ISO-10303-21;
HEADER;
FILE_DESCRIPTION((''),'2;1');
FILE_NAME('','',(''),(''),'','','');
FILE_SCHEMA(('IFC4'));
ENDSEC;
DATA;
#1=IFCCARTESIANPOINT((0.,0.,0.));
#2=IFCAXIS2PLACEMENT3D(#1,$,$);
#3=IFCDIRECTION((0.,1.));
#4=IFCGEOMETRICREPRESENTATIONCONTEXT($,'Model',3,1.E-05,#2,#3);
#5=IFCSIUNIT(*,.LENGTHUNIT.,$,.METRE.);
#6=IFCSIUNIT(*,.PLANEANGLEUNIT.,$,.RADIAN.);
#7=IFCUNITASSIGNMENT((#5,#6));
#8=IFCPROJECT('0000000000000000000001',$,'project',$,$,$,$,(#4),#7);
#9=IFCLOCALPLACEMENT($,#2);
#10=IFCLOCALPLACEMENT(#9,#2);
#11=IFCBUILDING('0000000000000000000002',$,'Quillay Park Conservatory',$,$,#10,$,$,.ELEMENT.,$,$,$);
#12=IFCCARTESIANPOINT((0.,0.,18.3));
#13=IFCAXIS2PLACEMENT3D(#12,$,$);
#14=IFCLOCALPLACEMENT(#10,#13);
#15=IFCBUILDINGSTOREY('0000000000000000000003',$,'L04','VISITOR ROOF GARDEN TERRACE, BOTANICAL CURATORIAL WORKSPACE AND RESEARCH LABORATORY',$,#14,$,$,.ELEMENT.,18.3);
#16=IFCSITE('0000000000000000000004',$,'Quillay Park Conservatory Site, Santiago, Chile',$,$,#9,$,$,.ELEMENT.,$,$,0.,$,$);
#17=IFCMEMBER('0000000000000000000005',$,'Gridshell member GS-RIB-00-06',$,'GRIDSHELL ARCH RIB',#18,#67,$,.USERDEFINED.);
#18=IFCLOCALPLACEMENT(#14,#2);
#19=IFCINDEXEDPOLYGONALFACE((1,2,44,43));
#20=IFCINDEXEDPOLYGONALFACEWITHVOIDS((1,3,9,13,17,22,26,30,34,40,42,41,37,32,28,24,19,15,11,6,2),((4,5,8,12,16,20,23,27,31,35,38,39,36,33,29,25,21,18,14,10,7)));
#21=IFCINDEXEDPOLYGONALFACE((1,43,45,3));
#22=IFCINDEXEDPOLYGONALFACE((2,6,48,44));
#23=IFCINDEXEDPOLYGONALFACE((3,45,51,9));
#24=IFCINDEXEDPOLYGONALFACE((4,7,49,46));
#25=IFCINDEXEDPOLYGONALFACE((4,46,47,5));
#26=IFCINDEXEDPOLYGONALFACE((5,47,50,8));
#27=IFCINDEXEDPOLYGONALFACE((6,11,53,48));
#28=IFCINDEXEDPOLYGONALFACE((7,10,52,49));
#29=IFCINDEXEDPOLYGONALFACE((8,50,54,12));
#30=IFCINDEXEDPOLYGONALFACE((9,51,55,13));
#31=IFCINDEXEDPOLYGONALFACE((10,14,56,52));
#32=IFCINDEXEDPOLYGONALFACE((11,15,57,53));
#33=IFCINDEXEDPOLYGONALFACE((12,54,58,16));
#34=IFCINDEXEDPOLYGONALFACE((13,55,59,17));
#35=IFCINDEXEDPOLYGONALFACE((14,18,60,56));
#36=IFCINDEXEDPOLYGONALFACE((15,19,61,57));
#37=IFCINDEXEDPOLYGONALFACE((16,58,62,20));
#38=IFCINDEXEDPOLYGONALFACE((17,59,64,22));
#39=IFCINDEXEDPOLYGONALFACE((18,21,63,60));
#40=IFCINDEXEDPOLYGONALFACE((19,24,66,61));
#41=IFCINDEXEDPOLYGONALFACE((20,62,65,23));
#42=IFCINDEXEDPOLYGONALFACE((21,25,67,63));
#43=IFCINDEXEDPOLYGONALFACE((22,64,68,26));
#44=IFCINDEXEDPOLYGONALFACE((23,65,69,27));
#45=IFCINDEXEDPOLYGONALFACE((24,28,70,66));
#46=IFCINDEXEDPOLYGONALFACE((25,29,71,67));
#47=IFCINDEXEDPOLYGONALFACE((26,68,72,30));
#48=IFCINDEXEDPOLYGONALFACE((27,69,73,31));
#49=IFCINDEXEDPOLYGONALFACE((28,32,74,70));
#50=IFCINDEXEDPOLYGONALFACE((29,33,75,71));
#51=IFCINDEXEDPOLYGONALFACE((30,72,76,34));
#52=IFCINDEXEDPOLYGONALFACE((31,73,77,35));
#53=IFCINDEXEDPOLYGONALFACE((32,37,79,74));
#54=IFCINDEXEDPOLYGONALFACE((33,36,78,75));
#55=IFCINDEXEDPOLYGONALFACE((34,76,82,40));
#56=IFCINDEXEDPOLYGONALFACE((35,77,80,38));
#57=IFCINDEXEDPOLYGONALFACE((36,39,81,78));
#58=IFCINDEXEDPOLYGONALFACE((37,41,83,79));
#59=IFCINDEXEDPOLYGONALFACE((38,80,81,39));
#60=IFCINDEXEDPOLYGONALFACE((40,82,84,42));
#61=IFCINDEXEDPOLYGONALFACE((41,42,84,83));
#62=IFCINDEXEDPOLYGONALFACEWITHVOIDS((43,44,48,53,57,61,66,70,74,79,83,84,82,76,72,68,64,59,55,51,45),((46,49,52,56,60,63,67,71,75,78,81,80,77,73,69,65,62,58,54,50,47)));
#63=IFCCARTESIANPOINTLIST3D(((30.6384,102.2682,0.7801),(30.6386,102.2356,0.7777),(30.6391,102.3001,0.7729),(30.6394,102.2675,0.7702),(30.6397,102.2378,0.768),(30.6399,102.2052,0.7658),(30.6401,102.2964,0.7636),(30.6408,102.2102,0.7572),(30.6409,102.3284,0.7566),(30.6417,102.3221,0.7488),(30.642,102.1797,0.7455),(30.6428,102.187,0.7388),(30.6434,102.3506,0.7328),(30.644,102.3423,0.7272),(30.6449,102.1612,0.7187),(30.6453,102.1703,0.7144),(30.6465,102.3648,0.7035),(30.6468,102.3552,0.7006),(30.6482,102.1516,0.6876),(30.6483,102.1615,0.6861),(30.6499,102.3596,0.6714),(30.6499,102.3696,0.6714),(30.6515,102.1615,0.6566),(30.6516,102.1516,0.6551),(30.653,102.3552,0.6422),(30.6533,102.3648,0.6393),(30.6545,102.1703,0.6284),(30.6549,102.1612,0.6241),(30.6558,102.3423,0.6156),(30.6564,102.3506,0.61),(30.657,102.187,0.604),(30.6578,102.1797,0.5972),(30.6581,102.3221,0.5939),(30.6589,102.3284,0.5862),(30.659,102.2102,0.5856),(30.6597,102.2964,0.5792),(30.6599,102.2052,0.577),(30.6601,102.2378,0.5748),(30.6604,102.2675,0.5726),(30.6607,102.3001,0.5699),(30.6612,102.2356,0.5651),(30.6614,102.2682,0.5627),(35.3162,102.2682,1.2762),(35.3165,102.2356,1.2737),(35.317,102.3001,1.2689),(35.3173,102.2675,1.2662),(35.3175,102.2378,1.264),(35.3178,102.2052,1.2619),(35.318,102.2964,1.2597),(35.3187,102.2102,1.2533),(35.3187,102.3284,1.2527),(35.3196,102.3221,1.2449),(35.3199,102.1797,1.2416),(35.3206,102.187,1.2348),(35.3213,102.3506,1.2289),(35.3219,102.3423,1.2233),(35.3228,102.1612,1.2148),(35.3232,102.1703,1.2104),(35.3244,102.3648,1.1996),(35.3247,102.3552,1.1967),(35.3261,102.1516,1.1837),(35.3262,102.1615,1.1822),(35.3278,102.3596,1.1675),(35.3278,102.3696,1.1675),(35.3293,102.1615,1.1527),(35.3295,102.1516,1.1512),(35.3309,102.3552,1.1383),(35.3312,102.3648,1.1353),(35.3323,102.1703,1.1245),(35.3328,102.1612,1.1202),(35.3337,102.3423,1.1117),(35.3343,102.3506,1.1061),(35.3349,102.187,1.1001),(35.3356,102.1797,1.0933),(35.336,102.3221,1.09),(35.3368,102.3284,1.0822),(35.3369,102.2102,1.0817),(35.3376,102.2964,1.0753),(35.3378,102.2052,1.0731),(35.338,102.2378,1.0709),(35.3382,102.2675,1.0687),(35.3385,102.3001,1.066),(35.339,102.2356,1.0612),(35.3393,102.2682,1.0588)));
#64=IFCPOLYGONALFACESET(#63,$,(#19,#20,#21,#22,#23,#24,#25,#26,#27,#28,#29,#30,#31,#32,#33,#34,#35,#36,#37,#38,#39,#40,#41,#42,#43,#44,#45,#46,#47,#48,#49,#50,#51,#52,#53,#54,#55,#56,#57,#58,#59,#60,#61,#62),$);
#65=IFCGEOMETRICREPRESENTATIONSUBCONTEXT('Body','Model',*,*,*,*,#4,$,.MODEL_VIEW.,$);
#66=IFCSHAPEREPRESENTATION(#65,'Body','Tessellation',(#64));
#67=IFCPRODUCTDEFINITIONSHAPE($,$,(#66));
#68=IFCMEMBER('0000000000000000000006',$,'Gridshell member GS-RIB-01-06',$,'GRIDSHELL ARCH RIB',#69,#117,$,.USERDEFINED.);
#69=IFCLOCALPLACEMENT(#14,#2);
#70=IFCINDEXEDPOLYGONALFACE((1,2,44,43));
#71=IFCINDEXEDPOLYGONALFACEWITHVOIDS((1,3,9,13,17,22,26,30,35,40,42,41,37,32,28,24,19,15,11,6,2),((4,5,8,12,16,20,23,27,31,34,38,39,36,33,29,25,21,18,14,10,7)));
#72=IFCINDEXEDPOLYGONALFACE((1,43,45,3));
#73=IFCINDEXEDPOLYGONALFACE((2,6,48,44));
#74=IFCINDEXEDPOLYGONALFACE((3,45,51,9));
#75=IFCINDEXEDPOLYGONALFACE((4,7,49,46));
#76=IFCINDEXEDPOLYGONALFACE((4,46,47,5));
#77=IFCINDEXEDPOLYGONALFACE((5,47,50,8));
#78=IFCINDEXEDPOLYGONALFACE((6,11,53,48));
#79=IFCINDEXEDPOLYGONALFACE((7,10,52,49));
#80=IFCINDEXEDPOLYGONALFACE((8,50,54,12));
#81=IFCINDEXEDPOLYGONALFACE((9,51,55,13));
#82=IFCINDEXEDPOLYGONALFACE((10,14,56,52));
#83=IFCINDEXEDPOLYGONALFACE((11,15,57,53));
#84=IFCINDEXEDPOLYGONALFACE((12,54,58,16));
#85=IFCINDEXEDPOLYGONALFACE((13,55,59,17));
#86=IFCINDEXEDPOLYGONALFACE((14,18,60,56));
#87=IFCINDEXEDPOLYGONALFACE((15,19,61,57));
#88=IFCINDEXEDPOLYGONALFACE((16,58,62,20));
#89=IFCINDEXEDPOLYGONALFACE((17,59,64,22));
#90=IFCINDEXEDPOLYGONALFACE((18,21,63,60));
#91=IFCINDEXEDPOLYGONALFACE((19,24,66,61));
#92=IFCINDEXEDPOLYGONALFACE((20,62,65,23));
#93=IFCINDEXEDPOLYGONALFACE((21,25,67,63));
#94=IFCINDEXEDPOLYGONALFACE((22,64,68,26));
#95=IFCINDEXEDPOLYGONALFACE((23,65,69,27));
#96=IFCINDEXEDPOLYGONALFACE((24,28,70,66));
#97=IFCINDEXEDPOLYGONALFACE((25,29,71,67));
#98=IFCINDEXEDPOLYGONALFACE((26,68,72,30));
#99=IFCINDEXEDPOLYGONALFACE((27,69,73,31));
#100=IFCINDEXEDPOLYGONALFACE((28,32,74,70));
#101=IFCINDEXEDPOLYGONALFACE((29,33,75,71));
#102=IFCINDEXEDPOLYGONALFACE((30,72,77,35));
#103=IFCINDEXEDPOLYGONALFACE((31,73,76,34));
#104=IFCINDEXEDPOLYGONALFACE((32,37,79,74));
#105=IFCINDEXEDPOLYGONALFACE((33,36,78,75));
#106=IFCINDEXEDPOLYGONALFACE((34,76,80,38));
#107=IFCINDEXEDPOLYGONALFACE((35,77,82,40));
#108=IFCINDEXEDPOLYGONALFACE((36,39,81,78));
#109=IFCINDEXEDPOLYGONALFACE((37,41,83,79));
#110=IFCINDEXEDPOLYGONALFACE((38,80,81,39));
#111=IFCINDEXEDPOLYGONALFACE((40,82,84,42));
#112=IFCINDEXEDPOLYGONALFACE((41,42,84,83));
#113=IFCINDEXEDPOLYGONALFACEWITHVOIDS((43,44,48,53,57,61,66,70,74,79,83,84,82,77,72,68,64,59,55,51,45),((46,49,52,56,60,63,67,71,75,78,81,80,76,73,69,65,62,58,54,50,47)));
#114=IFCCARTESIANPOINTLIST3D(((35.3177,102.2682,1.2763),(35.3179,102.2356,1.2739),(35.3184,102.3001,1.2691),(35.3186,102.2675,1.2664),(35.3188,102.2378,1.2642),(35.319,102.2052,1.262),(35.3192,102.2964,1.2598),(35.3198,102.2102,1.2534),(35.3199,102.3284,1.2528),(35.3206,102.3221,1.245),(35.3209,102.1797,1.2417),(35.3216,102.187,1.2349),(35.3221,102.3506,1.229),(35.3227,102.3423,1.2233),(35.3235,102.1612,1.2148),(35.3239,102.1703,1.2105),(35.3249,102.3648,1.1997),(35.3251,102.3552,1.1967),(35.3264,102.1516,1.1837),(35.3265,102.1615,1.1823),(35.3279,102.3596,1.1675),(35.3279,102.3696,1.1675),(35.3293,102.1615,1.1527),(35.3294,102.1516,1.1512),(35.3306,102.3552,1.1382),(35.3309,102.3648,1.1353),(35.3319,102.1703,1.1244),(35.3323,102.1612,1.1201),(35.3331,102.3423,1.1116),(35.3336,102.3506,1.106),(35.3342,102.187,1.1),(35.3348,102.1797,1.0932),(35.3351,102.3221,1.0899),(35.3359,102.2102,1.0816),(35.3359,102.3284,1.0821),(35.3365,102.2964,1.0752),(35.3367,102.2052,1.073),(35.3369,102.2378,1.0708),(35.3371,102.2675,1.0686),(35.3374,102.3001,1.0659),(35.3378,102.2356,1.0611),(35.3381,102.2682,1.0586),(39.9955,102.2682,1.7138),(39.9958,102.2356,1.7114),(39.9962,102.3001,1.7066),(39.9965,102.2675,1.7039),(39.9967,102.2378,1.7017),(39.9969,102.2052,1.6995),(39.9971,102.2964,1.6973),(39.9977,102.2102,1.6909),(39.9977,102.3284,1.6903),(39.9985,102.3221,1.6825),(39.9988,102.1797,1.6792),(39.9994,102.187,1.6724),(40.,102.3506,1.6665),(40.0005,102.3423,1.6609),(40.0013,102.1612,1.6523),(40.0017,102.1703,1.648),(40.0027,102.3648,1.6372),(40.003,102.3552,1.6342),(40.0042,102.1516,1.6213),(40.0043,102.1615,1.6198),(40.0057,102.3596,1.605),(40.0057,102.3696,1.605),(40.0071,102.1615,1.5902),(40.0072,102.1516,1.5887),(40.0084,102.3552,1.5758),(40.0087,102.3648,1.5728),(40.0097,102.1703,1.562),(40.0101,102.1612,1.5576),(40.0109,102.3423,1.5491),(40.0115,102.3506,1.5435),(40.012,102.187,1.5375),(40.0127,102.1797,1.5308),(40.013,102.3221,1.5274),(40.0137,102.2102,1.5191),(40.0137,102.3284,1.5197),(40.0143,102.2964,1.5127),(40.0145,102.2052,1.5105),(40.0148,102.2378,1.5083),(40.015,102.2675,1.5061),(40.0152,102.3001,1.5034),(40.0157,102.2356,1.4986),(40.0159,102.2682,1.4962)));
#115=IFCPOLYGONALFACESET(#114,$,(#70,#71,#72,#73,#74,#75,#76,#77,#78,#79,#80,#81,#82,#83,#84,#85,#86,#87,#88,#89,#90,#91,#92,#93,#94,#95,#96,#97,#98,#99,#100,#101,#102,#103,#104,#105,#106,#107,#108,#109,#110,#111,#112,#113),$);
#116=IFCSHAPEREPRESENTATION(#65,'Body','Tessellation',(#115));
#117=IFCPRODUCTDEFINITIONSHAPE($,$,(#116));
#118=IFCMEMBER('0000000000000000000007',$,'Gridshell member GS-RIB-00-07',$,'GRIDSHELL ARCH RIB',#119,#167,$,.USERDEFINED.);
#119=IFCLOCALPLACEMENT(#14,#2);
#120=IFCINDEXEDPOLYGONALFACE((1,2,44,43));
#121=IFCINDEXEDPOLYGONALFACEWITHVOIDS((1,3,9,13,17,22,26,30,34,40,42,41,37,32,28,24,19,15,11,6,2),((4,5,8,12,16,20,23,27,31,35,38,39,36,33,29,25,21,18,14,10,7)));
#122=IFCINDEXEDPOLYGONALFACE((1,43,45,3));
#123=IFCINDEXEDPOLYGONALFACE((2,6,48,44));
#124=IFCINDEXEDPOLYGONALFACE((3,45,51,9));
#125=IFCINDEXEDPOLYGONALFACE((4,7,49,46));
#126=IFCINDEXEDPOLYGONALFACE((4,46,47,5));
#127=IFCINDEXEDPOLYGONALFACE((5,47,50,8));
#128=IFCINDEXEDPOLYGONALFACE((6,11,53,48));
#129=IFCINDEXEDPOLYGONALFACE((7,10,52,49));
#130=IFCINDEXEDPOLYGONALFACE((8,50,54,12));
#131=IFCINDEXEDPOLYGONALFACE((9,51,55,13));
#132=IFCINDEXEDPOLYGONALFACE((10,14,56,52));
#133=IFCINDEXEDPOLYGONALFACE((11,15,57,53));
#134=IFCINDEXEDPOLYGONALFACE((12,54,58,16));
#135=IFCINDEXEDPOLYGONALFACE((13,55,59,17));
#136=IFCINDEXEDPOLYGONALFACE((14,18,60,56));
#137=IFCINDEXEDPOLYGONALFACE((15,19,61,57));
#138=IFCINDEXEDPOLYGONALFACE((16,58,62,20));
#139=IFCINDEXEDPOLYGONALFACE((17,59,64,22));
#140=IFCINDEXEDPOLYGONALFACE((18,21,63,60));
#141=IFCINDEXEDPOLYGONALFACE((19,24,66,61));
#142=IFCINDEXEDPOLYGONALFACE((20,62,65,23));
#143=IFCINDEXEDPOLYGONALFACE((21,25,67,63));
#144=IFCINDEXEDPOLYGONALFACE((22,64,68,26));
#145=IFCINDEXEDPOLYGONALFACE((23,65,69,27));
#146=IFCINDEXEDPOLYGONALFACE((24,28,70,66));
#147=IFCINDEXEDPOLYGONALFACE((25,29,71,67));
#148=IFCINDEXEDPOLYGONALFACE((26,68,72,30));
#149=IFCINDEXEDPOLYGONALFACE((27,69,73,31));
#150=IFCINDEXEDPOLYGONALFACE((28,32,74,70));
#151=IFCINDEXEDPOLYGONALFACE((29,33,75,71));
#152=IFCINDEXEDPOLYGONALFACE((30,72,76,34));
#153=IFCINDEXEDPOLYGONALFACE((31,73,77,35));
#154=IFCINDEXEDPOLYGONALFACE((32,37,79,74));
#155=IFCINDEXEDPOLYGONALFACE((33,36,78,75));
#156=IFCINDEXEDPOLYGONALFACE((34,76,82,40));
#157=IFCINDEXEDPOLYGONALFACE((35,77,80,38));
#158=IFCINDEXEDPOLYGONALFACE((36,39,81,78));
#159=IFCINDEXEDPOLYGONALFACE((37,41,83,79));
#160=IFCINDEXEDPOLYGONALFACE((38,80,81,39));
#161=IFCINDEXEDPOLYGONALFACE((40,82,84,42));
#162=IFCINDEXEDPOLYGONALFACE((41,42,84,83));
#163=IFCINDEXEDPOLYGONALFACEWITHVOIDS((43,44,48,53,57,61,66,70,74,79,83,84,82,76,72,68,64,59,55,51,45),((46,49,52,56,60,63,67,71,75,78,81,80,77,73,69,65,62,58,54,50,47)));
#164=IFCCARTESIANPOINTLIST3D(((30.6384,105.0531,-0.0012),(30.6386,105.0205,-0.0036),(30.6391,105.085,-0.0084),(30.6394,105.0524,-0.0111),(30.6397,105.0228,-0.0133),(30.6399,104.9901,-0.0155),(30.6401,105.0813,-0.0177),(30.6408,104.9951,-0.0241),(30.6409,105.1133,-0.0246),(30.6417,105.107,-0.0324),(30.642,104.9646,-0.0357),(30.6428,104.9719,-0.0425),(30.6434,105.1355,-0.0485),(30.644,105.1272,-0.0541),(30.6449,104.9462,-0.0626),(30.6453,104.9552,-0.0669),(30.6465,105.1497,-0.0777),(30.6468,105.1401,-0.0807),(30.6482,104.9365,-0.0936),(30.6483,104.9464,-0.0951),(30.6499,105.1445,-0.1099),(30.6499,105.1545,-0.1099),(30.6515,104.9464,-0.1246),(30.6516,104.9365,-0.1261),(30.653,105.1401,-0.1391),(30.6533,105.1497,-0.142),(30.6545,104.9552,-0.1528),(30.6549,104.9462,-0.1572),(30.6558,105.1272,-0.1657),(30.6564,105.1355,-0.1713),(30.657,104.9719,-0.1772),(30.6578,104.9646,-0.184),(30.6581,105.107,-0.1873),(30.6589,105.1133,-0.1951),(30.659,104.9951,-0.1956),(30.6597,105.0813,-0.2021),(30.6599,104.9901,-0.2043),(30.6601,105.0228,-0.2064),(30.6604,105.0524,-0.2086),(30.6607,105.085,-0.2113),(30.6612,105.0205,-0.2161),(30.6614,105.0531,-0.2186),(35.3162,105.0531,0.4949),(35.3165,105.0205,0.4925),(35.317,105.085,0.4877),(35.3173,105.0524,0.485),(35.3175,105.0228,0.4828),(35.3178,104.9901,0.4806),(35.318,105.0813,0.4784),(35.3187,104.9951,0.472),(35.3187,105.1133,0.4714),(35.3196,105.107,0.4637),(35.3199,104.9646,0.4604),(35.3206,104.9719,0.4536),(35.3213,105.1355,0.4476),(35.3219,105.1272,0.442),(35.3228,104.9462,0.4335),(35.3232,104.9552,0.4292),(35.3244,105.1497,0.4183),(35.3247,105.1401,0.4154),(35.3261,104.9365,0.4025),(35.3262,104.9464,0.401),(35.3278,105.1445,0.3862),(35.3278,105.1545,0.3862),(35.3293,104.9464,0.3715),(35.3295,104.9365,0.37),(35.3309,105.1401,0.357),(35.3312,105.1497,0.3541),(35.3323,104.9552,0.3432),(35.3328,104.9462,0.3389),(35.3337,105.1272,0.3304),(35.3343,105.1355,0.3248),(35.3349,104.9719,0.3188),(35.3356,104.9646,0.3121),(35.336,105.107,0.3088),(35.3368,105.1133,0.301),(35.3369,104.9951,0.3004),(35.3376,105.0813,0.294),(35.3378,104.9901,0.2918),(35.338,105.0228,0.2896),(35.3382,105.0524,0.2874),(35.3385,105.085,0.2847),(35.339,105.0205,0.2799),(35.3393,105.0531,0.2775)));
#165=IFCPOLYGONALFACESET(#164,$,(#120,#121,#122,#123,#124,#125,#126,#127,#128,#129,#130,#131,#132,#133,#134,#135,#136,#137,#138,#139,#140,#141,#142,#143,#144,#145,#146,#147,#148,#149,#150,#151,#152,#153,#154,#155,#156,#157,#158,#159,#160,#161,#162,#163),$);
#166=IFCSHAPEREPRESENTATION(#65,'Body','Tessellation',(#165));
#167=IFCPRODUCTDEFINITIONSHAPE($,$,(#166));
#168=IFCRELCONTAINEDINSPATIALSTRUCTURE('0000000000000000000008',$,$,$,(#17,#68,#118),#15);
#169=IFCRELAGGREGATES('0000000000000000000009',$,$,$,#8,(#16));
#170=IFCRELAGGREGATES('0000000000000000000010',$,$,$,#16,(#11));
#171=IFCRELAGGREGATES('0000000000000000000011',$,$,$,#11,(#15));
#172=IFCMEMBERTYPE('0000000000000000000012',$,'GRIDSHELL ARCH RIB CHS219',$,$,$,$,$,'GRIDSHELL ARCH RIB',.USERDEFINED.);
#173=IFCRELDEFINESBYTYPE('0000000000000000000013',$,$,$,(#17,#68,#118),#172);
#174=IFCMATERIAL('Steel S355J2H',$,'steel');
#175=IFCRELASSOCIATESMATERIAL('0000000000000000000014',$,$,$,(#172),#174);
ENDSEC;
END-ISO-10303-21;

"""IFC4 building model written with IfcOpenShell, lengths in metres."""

from ifc_helpers import new_model, si_unit, direction, frame, origin, origin_2d, place, context, subcontext, project, spatial, hollow_circle, extrude, material, material_profile, profile_set, type_object, element, save


model = new_model("IFC4")

# Units and contexts
model_context = context("Model", 3, precision=1e-05, world=origin(), true_north=direction((0.0, 1.0)))
body_context = subcontext(model_context, "Body", "Model", "MODEL_VIEW")
ifc_project = project(units=[si_unit("LENGTHUNIT", "METRE"), si_unit("PLANEANGLEUNIT", "RADIAN")], contexts=[model_context])

# Site, building, storey
site_placement = place(None, origin())
site = spatial("IfcSite", under=ifc_project, at=site_placement, Name="Quillay Park Conservatory Site, Santiago, Chile", CompositionType="ELEMENT", RefElevation=0.0)
building_placement = place(site_placement, origin())
building = spatial("IfcBuilding", under=site, at=building_placement, Name="Quillay Park Conservatory", CompositionType="ELEMENT")
storey_placement = place(building_placement, frame((0.0, 0.0, 18.3)))
storey = spatial("IfcBuildingStorey", under=building, at=storey_placement, Name="L04", Description="VISITOR ROOF GARDEN TERRACE, BOTANICAL CURATORIAL WORKSPACE AND RESEARCH LABORATORY", CompositionType="ELEMENT", Elevation=18.3)

# Members
ifc_material_1 = material(Name="Steel S355J2H", Category="steel")
ifc_material_profile_1 = material_profile(ifc_material_1, hollow_circle(Radius=0.1096, WallThickness=0.01, at=origin_2d()), Name="CHS219.1x10")
ifc_profile_set_1 = profile_set([ifc_material_profile_1], Name="Steel S355J2H")
member_type_1 = type_object("IfcMemberType", Name="GRIDSHELL ARCH RIB CHS219", ElementType="GRIDSHELL ARCH RIB", PredefinedType="USERDEFINED", material=ifc_profile_set_1)
member_1_placement = place(storey_placement, frame((30.6499, 102.26, 0.6714), z_axis=(0.994424, 0.0, 0.105457), x_axis=(0.0, 1.0, 0.0)))
element("IfcMember", 1, at=member_1_placement, inside=storey, type_object=member_type_1, Name="Gridshell member GS-RIB-00-06", ObjectType="GRIDSHELL ARCH RIB", PredefinedType="USERDEFINED", context=body_context, shape_type="SweptSolid", body=[
    extrude(hollow_circle(Radius=0.1096, WallThickness=0.01, at=origin_2d()), origin(), (0.0, 0.0, 1.0), 4.7041),
])
member_2_placement = place(storey_placement, frame((35.3279, 102.26, 1.1675), z_axis=(0.995655, 0.0, 0.093122), x_axis=(0.0, 1.0, 0.0)))
element("IfcMember", 2, at=member_2_placement, inside=storey, type_object=member_type_1, Name="Gridshell member GS-RIB-01-06", ObjectType="GRIDSHELL ARCH RIB", PredefinedType="USERDEFINED", context=body_context, shape_type="SweptSolid", body=[
    extrude(hollow_circle(Radius=0.1096, WallThickness=0.01, at=origin_2d()), origin(), (0.0, 0.0, 1.0), 4.6982),
])
member_3_placement = place(storey_placement, frame((30.6499, 105.0449, -0.1099), z_axis=(0.994424, 0.0, 0.105457), x_axis=(0.0, 1.0, 0.0)))
element("IfcMember", 3, at=member_3_placement, inside=storey, type_object=member_type_1, Name="Gridshell member GS-RIB-00-07", ObjectType="GRIDSHELL ARCH RIB", PredefinedType="USERDEFINED", context=body_context, shape_type="SweptSolid", body=[
    extrude(hollow_circle(Radius=0.1096, WallThickness=0.01, at=origin_2d()), origin(), (0.0, 0.0, 1.0), 4.7041),
])

save(model, "model.ifc")
